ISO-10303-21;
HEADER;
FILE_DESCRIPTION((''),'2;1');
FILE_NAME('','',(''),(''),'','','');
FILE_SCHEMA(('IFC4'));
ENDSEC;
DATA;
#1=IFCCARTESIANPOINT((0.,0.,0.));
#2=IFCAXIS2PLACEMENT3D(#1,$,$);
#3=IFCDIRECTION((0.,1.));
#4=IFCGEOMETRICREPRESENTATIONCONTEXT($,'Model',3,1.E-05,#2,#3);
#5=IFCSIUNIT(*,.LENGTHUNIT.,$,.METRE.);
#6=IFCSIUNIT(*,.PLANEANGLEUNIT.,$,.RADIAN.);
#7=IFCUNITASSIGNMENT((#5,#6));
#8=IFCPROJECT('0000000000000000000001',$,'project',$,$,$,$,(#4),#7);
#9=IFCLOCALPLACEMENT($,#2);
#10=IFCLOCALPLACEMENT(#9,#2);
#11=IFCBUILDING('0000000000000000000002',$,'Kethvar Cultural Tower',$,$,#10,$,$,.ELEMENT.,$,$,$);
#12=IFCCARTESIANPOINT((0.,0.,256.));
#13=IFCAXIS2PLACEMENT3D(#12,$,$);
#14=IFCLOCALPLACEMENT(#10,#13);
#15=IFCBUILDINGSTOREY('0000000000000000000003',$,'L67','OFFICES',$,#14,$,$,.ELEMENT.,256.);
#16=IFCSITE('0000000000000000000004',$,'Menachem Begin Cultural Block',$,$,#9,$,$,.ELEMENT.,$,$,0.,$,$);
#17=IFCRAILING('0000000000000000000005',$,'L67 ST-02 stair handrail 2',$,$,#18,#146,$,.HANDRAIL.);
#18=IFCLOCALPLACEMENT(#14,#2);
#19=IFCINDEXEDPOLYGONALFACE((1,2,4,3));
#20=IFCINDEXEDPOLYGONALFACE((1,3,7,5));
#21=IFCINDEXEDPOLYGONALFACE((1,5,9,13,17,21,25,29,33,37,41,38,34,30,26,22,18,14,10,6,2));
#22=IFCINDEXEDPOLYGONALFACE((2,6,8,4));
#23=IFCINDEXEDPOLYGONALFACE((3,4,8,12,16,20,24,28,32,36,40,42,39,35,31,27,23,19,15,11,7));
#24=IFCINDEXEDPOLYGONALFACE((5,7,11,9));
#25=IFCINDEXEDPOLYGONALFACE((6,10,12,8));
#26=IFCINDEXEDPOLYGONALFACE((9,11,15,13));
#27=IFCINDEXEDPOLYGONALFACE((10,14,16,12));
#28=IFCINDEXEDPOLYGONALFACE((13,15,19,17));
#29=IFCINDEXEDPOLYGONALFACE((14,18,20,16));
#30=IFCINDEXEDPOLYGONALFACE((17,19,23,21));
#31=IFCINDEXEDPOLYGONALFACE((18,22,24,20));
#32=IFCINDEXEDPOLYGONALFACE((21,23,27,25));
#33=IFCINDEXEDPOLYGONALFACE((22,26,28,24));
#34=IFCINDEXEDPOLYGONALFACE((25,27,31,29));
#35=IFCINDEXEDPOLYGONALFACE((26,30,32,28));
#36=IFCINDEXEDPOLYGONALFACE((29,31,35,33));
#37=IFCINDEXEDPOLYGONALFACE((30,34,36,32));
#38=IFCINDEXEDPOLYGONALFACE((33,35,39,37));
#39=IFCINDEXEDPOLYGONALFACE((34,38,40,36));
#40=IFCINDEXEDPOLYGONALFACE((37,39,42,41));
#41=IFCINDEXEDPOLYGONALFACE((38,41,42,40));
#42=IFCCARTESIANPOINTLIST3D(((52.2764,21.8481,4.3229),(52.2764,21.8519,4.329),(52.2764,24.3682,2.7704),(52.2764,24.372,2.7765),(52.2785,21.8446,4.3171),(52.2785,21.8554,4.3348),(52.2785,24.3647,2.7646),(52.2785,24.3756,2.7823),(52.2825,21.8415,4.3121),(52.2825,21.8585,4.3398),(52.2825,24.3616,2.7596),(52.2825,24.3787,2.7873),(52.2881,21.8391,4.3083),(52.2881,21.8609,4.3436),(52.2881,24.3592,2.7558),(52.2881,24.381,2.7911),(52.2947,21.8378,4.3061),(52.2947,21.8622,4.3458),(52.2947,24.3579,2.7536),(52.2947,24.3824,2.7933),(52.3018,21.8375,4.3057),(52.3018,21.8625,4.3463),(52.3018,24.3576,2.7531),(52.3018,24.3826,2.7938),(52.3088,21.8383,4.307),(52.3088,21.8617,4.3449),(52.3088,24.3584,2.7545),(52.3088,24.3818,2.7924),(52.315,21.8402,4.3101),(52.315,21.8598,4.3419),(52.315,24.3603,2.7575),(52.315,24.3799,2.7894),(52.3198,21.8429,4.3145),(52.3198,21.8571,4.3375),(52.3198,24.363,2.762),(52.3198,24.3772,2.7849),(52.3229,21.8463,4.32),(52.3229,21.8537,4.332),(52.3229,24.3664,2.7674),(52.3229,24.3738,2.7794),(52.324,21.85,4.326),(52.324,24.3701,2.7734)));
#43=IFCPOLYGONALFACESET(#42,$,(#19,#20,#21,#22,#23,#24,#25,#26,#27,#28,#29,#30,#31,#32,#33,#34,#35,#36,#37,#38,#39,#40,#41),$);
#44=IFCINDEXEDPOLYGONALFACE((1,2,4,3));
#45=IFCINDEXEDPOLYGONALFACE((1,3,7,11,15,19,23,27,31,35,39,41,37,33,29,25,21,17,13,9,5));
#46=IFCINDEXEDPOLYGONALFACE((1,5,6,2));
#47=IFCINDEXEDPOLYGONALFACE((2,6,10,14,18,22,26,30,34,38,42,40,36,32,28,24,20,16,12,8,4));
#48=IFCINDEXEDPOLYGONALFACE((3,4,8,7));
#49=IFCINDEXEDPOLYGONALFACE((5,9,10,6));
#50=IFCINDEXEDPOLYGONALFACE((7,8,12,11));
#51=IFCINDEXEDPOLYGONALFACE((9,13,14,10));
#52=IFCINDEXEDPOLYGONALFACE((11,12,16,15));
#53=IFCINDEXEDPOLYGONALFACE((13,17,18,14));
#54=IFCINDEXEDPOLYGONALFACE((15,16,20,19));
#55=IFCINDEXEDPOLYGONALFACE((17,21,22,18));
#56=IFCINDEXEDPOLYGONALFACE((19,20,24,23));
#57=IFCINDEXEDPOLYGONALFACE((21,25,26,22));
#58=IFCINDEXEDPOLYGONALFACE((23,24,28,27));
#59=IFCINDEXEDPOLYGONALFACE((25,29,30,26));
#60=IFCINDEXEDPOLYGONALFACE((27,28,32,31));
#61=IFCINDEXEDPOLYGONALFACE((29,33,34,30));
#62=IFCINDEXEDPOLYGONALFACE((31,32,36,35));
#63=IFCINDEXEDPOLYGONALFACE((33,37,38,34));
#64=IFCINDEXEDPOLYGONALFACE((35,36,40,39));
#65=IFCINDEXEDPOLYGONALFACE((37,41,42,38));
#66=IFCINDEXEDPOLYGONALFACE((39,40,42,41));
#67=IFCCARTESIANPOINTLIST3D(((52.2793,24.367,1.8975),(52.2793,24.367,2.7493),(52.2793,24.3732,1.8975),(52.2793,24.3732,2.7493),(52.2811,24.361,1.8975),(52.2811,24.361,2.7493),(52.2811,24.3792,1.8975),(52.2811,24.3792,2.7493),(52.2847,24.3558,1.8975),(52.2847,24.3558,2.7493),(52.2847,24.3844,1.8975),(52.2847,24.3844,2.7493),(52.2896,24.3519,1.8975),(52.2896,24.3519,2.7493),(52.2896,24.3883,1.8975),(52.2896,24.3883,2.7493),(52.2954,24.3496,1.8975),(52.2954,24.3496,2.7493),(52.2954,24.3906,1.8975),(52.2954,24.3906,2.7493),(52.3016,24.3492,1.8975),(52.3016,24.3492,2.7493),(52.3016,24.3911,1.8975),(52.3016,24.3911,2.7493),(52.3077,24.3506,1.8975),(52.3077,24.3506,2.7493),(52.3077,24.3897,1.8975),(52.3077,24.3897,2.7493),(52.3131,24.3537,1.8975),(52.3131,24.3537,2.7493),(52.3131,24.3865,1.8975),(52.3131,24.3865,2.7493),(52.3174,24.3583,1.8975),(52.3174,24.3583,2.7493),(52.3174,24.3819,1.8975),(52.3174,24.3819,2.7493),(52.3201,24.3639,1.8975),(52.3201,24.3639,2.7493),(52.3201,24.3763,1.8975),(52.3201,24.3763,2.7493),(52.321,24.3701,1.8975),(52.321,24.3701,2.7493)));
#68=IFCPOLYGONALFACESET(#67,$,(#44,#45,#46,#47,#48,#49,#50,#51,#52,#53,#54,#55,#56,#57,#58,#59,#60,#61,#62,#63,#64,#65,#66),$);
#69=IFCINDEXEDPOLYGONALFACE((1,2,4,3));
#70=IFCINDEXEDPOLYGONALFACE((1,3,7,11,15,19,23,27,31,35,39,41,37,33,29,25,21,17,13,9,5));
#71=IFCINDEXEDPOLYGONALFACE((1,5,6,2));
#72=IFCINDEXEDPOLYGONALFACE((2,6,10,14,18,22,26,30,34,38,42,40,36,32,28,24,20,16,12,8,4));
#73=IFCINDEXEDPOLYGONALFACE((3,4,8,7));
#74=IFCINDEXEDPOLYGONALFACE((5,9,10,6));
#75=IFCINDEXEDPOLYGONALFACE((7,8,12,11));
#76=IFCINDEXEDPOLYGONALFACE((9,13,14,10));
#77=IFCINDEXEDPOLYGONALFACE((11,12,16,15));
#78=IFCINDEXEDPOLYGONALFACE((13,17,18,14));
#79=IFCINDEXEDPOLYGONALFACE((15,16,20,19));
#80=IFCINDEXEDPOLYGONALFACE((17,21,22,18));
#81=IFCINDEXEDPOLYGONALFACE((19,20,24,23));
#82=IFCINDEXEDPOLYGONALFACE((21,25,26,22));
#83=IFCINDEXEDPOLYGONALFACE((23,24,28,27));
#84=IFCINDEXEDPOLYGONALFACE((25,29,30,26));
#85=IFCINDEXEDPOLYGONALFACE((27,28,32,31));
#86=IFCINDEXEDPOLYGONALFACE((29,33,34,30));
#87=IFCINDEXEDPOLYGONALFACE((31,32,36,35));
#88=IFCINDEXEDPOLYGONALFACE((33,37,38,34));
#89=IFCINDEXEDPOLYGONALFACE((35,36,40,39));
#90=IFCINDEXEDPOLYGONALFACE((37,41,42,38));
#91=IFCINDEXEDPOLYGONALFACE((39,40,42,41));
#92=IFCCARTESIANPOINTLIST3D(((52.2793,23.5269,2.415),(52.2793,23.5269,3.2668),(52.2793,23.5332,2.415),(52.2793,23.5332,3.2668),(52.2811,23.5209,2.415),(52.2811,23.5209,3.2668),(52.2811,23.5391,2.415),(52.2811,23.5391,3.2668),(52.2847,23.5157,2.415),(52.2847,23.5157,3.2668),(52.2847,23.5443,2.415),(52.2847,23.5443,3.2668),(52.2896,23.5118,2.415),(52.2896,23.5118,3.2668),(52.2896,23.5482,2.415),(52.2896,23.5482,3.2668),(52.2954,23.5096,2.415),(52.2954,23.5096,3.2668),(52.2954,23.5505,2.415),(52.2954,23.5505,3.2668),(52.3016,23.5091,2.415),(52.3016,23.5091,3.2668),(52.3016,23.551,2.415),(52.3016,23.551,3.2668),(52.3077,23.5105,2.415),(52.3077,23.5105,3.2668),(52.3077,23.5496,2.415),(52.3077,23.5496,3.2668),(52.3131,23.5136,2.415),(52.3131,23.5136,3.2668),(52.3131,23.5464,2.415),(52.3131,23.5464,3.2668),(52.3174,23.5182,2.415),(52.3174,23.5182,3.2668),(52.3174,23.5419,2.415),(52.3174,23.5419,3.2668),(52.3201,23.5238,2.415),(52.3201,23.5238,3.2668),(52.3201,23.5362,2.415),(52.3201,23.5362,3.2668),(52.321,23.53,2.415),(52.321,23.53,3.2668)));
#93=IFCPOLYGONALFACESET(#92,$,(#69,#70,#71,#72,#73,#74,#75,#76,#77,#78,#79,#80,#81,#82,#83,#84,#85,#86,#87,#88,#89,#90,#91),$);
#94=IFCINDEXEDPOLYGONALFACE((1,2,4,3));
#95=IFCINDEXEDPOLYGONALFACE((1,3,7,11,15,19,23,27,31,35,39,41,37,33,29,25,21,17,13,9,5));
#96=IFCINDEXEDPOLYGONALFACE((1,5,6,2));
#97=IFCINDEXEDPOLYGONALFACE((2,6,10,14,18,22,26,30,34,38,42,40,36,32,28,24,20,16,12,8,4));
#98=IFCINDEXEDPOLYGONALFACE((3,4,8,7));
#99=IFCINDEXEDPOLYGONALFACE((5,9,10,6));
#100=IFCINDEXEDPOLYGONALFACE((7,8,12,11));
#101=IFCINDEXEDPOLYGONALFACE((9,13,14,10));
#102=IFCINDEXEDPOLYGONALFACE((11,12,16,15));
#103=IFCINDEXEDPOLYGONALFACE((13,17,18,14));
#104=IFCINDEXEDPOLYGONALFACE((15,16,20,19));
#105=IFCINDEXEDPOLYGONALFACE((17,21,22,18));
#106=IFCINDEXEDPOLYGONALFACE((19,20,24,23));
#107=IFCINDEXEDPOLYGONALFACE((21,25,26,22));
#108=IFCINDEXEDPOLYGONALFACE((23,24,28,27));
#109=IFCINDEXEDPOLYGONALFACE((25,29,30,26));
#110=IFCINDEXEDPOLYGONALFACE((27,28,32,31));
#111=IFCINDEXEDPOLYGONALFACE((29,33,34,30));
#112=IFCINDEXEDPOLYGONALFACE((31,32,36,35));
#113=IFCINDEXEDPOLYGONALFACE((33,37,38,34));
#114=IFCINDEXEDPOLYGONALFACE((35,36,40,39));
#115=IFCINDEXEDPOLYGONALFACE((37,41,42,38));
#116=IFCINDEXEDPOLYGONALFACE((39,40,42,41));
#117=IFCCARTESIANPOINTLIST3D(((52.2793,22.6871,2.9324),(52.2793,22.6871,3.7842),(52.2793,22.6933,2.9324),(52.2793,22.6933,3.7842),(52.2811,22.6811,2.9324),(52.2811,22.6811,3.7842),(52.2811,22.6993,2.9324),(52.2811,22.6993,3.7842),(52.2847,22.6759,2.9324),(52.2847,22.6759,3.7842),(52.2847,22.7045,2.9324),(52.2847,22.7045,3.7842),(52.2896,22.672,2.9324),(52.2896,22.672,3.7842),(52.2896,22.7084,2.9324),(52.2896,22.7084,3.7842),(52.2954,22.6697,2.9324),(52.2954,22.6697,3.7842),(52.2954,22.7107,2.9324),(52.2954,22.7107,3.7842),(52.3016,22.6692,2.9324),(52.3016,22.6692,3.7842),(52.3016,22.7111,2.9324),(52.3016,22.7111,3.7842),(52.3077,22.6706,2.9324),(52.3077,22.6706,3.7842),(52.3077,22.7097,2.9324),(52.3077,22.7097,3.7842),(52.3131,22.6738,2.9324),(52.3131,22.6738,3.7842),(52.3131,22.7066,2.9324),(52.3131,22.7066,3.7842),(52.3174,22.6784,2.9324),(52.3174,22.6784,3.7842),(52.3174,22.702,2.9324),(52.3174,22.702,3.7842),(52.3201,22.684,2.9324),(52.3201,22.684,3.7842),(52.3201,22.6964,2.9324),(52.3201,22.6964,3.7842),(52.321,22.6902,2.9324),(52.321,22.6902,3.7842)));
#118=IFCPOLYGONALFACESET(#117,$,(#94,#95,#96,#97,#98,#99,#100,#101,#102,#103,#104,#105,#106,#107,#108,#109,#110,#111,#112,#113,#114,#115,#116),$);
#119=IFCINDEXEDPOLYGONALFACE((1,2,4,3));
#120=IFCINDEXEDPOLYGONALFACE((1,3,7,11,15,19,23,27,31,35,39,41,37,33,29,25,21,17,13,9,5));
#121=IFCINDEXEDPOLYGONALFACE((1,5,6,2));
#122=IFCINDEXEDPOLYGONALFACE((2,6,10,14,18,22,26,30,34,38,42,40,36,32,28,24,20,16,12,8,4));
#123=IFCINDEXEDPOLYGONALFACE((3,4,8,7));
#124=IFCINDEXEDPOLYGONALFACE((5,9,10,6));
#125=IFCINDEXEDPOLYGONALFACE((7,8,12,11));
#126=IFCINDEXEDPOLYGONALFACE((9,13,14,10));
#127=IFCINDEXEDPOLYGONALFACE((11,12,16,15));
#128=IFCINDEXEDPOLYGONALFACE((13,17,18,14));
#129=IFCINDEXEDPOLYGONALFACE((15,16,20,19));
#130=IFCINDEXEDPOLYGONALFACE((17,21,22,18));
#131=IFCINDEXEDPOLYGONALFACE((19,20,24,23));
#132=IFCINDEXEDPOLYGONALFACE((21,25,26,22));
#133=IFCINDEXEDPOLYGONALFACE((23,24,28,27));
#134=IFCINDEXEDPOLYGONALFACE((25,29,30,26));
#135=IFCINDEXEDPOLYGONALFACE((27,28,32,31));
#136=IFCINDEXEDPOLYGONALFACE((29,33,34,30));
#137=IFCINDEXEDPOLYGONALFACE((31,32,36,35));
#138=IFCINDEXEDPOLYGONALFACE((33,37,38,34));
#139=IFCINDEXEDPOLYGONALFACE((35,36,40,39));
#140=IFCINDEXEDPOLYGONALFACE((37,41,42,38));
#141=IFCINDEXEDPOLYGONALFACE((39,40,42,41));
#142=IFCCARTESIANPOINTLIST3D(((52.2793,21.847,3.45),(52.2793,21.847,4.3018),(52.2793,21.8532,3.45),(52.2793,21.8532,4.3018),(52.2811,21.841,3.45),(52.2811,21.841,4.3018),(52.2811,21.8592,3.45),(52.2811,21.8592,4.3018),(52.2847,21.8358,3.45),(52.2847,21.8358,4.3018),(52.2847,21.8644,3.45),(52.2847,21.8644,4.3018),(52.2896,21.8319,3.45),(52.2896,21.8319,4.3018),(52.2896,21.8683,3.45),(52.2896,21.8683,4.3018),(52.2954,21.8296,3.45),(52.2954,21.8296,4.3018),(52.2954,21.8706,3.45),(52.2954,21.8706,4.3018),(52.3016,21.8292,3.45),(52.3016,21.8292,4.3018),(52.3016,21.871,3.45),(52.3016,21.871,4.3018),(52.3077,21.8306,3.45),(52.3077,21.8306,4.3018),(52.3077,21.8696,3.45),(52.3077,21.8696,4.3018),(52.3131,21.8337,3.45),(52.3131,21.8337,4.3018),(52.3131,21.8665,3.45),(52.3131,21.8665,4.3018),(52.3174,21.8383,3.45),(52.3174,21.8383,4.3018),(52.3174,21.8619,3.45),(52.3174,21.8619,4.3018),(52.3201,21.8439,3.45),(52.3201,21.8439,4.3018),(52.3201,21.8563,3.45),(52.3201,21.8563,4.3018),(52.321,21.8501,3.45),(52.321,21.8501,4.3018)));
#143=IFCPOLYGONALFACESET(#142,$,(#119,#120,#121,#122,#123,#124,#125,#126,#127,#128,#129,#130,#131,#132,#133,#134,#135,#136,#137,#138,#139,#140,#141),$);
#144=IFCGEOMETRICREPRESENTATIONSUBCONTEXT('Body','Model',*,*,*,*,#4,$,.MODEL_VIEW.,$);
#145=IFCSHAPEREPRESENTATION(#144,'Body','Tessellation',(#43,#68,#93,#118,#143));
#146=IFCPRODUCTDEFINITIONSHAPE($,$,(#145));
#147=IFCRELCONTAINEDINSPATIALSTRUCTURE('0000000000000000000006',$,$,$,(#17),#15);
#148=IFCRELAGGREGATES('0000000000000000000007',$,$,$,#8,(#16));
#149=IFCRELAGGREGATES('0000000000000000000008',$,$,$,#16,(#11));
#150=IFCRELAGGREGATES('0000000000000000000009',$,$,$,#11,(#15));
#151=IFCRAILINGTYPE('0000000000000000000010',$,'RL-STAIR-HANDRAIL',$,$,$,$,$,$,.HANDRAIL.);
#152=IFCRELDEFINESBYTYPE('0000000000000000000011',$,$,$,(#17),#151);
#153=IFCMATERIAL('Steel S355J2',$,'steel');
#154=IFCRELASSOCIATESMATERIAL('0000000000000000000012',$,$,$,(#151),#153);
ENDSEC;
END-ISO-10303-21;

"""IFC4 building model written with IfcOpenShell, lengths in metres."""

from ifc_helpers import new_model, si_unit, direction, frame, origin, origin_2d, place, context, subcontext, project, spatial, circle, extrude, material, type_object, element, save


model = new_model("IFC4")

# Units and contexts
model_context = context("Model", 3, precision=1e-05, world=origin(), true_north=direction((0.0, 1.0)))
body_context = subcontext(model_context, "Body", "Model", "MODEL_VIEW")
ifc_project = project(units=[si_unit("LENGTHUNIT", "METRE"), si_unit("PLANEANGLEUNIT", "RADIAN")], contexts=[model_context])

# Site, building, storey
site_placement = place(None, origin())
site = spatial("IfcSite", under=ifc_project, at=site_placement, Name="Menachem Begin Cultural Block", CompositionType="ELEMENT", RefElevation=0.0)
building_placement = place(site_placement, origin())
building = spatial("IfcBuilding", under=site, at=building_placement, Name="Kethvar Cultural Tower", CompositionType="ELEMENT")
storey_placement = place(building_placement, frame((0.0, 0.0, 256.0)))
storey = spatial("IfcBuildingStorey", under=building, at=storey_placement, Name="L67", Description="OFFICES", CompositionType="ELEMENT", Elevation=256.0)

# Shared definitions
ifc_material_1 = material(Name="Steel S355J2", Category="steel")

# Railing
railing_type_1 = type_object("IfcRailingType", Name="RL-STAIR-HANDRAIL", PredefinedType="HANDRAIL", material=ifc_material_1)
railing_1_placement = place(storey_placement, frame((52.3, 24.3701, 1.8975)))
element("IfcRailing", 1, at=railing_1_placement, inside=storey, type_object=railing_type_1, Name="L67 ST-02 stair handrail 2", PredefinedType="HANDRAIL", context=body_context, shape_type="SweptSolid", body=[
    extrude(circle(Radius=0.0239, at=origin_2d()), frame((0.0, 0.0, 0.876), z_axis=(0.0, -0.8514, 0.524516), x_axis=(1.0, 0.0, 0.0)), (0.0, 0.0, 1.0), 2.96),
    extrude(circle(Radius=0.021, at=origin_2d()), origin(), (0.0, 0.0, 1.0), 0.8518),
    extrude(circle(Radius=0.021, at=origin_2d()), frame((0.0, -0.8401, 0.5176)), (0.0, 0.0, 1.0), 0.8518),
    extrude(circle(Radius=0.021, at=origin_2d()), frame((0.0, -1.6799, 1.0349)), (0.0, 0.0, 1.0), 0.8518),
    extrude(circle(Radius=0.021, at=origin_2d()), frame((0.0, -2.52, 1.5525)), (0.0, 0.0, 1.0), 0.8518),
])

save(model, "model.ifc")
